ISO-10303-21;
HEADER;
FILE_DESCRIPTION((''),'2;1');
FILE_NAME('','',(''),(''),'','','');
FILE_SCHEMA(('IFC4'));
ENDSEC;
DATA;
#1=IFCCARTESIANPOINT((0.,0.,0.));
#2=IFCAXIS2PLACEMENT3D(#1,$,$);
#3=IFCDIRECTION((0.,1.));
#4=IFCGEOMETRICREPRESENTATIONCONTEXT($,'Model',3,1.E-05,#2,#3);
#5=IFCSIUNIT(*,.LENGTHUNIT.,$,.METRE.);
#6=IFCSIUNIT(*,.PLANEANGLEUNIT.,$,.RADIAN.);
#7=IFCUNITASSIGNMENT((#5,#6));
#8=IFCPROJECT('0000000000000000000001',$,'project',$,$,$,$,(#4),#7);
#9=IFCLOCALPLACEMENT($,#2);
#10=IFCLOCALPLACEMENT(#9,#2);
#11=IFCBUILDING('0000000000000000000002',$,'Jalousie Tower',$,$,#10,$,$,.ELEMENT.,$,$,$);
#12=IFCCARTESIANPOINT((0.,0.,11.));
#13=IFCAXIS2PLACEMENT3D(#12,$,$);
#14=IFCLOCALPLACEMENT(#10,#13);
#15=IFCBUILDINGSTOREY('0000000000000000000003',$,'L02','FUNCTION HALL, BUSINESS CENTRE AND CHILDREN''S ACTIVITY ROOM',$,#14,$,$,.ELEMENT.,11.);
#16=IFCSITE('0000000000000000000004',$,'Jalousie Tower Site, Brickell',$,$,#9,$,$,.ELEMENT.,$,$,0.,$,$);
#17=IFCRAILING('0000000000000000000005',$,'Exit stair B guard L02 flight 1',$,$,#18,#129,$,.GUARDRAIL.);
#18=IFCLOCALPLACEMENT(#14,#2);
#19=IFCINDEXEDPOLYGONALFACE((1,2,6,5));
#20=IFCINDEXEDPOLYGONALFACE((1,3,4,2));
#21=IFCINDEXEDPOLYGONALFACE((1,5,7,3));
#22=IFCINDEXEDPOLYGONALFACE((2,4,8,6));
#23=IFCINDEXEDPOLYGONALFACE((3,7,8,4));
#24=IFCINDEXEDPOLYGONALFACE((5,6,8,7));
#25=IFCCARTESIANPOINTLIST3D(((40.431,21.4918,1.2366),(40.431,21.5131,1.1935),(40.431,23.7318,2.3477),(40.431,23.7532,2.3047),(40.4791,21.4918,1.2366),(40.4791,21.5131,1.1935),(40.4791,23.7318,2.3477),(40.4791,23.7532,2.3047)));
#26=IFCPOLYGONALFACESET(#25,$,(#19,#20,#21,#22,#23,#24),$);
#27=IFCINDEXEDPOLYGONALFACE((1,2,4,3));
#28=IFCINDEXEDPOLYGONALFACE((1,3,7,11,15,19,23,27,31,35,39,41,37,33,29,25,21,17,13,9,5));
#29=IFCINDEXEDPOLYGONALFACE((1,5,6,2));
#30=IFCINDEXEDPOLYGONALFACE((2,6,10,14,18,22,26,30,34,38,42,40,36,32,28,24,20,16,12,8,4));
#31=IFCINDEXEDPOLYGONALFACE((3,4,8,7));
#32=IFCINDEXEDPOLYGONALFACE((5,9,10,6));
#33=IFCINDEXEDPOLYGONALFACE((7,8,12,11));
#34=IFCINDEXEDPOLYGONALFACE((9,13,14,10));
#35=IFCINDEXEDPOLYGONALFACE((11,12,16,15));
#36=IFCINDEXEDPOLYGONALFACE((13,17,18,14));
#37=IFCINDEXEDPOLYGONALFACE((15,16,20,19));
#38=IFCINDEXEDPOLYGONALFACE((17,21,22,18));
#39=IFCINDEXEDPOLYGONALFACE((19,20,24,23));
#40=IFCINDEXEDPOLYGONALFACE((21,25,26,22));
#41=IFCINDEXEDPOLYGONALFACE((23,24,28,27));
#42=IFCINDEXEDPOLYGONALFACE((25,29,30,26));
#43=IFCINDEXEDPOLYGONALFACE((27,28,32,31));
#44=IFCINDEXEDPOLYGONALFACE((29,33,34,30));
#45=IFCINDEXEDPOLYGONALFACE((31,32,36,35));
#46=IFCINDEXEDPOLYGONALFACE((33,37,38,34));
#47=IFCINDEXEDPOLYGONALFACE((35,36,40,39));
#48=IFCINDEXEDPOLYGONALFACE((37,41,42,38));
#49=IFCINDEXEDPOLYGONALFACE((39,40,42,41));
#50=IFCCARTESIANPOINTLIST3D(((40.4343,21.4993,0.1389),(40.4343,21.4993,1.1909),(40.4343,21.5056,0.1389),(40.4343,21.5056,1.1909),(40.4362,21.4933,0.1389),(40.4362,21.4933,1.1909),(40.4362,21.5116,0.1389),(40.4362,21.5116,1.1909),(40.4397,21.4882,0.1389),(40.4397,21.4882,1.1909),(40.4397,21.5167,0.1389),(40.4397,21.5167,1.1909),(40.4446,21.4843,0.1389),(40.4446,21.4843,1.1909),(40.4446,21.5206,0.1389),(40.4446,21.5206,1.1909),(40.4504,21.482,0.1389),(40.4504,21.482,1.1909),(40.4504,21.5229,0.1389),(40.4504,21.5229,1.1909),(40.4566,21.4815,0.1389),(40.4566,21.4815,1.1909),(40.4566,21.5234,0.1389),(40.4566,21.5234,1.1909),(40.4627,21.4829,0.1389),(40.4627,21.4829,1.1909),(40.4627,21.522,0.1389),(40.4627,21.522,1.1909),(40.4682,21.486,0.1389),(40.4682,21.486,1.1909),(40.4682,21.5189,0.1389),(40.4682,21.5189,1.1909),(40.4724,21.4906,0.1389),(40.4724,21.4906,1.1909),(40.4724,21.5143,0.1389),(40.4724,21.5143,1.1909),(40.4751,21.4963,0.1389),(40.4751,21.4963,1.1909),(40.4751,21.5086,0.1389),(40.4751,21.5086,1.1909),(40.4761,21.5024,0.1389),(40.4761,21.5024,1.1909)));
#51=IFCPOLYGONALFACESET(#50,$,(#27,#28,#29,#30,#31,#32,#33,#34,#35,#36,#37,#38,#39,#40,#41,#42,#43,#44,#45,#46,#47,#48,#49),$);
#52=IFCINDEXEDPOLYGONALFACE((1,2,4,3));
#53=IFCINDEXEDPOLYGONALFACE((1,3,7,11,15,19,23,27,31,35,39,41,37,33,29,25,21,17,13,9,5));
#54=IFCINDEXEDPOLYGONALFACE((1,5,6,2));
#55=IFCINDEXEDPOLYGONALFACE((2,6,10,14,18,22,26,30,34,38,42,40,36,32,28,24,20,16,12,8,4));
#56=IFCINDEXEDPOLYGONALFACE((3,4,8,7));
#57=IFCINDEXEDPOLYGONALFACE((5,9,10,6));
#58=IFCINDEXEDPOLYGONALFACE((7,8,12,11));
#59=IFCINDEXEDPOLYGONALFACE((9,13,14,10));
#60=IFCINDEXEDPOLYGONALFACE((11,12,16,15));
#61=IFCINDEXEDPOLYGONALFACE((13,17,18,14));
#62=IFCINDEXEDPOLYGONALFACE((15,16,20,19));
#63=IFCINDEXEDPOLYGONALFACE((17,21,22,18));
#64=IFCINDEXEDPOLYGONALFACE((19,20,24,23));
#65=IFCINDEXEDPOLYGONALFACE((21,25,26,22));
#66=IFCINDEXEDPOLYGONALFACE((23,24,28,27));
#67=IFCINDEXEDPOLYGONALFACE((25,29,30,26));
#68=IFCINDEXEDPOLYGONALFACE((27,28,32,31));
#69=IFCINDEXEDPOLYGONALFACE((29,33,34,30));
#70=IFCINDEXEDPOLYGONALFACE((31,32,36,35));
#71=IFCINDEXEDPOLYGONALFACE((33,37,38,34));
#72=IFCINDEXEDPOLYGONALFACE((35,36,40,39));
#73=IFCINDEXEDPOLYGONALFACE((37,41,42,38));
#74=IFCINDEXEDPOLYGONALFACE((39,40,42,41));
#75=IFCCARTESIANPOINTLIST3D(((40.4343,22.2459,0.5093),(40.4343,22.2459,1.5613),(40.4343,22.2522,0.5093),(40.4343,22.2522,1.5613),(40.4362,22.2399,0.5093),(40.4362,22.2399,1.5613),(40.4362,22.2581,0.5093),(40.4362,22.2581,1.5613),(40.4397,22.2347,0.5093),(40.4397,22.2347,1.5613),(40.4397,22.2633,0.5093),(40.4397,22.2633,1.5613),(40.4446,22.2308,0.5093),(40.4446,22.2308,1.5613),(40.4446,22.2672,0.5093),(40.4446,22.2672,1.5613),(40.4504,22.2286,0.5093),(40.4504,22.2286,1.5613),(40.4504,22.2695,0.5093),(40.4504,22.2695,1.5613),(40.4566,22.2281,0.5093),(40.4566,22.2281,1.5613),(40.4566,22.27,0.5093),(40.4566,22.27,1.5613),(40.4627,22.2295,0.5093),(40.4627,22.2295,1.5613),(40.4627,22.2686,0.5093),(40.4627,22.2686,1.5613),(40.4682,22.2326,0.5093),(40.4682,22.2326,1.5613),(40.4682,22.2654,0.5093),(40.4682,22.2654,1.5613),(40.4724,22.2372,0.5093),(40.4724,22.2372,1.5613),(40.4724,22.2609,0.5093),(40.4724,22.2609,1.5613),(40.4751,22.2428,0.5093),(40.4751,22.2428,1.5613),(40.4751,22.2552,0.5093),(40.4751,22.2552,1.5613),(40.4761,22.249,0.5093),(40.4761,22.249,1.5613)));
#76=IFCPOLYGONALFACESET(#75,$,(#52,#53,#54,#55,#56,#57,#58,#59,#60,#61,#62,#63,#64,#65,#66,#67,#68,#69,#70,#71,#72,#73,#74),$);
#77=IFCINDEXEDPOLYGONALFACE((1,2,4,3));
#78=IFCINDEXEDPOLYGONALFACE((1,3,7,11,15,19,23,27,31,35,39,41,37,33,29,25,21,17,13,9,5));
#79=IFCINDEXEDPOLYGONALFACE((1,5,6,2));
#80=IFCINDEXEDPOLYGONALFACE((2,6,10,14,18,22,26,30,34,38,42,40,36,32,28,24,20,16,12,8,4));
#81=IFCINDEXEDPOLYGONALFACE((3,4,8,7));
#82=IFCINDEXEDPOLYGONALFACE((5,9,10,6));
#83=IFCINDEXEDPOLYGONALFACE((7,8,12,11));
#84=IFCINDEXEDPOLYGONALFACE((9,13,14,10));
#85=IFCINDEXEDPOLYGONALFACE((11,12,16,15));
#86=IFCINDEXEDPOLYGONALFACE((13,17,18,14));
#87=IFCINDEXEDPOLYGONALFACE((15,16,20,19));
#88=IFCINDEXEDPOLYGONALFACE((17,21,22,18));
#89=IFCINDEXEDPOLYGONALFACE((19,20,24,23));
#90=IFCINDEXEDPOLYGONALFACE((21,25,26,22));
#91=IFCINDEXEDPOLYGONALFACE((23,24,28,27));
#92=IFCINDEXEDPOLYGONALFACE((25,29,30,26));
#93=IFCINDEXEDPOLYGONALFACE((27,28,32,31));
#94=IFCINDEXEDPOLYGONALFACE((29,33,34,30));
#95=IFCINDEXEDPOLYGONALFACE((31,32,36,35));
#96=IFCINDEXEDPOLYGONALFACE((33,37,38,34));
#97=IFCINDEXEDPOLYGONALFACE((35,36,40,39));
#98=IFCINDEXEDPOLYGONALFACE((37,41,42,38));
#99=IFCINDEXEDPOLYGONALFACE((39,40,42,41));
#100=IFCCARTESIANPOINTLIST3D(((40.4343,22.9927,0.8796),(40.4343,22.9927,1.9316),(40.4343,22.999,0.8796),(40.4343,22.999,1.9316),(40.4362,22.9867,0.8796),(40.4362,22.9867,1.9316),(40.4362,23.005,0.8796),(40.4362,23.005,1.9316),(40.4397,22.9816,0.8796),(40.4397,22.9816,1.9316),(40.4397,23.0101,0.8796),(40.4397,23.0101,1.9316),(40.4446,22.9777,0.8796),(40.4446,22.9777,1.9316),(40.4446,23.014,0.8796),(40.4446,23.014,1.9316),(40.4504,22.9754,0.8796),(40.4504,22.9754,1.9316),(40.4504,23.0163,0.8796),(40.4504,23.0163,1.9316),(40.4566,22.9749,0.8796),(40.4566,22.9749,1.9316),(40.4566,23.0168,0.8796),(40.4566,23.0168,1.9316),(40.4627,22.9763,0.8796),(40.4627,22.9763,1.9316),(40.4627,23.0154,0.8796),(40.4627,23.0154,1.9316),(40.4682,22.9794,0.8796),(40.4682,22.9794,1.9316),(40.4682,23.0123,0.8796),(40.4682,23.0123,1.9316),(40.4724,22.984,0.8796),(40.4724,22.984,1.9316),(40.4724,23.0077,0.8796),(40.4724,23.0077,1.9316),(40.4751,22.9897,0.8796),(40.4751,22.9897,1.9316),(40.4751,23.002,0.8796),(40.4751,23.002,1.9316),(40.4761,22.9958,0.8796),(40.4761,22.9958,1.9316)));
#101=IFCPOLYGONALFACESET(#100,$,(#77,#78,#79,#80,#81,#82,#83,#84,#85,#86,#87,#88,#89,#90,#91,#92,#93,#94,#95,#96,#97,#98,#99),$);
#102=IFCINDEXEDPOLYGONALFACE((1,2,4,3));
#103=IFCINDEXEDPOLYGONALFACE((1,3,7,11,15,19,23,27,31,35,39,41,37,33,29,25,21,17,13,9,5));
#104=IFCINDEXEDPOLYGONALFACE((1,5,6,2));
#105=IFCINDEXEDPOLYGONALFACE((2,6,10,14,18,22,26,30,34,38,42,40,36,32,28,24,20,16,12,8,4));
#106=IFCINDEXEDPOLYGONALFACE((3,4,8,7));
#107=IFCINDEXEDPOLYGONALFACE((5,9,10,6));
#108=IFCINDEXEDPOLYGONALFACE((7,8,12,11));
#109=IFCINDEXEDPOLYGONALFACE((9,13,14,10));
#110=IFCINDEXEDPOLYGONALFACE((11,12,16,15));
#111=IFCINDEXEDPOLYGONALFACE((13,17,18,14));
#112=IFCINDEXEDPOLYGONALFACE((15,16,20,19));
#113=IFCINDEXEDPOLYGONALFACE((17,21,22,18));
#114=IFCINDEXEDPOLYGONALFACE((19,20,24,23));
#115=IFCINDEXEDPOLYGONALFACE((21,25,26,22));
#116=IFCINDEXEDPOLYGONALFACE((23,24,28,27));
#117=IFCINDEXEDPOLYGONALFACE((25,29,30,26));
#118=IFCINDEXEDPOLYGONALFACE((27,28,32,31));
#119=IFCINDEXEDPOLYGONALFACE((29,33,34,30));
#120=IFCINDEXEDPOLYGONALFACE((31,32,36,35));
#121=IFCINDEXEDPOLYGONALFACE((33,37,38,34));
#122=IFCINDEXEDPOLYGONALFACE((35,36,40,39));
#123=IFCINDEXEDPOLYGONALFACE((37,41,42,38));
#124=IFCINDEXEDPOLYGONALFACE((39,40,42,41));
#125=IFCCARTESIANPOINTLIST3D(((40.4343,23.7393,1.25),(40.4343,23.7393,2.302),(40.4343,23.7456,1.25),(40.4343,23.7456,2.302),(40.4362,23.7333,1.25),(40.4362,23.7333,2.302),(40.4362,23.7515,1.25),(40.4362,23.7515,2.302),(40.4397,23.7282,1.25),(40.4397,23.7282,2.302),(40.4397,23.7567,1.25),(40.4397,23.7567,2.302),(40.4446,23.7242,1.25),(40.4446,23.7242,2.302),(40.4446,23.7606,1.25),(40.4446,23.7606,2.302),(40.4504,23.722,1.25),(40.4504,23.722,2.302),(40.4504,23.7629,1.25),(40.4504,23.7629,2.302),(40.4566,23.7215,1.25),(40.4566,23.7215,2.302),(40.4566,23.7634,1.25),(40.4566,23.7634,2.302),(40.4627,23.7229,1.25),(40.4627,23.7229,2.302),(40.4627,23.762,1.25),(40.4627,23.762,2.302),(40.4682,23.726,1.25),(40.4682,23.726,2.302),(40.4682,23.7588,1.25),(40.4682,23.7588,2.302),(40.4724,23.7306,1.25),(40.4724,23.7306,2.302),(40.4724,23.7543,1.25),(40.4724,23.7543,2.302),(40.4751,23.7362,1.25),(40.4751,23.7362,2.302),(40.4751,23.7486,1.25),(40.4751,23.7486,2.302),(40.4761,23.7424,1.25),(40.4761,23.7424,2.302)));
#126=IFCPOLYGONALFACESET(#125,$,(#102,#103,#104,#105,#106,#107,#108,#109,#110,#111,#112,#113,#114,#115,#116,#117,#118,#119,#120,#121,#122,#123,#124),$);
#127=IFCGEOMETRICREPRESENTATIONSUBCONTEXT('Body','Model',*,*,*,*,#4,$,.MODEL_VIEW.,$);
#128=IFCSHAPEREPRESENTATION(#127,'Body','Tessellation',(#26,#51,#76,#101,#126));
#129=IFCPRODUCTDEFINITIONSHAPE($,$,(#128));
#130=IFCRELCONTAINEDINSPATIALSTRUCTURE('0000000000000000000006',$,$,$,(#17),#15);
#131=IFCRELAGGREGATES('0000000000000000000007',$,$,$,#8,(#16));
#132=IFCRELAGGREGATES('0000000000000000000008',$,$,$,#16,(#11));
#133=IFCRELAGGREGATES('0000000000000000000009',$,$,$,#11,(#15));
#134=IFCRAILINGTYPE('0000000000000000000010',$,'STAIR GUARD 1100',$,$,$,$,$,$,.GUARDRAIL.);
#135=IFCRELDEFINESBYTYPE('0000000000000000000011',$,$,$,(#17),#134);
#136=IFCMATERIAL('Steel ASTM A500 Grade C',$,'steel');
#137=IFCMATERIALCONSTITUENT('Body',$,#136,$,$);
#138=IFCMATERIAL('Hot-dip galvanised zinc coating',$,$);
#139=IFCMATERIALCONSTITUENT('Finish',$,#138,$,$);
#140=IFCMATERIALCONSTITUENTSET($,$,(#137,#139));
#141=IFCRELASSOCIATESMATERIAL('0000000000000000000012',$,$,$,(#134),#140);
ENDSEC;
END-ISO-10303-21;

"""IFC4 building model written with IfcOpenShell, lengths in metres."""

from ifc_helpers import new_model, si_unit, direction, frame, origin, origin_2d, place, context, subcontext, project, spatial, rectangle, circle, extrude, material, constituent, constituent_set, type_object, element, save


model = new_model("IFC4")

# Units and contexts
model_context = context("Model", 3, precision=1e-05, world=origin(), true_north=direction((0.0, 1.0)))
body_context = subcontext(model_context, "Body", "Model", "MODEL_VIEW")
ifc_project = project(units=[si_unit("LENGTHUNIT", "METRE"), si_unit("PLANEANGLEUNIT", "RADIAN")], contexts=[model_context])

# Site, building, storey
site_placement = place(None, origin())
site = spatial("IfcSite", under=ifc_project, at=site_placement, Name="Jalousie Tower Site, Brickell", CompositionType="ELEMENT", RefElevation=0.0)
building_placement = place(site_placement, origin())
building = spatial("IfcBuilding", under=site, at=building_placement, Name="Jalousie Tower", CompositionType="ELEMENT")
storey_placement = place(building_placement, frame((0.0, 0.0, 11.0)))
storey = spatial("IfcBuildingStorey", under=building, at=storey_placement, Name="L02", Description="FUNCTION HALL, BUSINESS CENTRE AND CHILDREN'S ACTIVITY ROOM", CompositionType="ELEMENT", Elevation=11.0)

# Railing
ifc_material_1 = material(Name="Steel ASTM A500 Grade C", Category="steel")
ifc_constituent_1 = constituent(ifc_material_1, Name="Body")
ifc_material_2 = material(Name="Hot-dip galvanised zinc coating")
ifc_constituent_2 = constituent(ifc_material_2, Name="Finish")
ifc_constituent_set_1 = constituent_set(constituents=[ifc_constituent_1, ifc_constituent_2])
railing_type_1 = type_object("IfcRailingType", Name="STAIR GUARD 1100", PredefinedType="GUARDRAIL", material=ifc_constituent_set_1)
for number, where, name in (
    (1, (40.4551, 21.5024, 0.1389), "Exit stair B guard L02 flight 1"),
):
    element("IfcRailing", number, at=place(storey_placement, frame(where)), inside=storey, type_object=railing_type_1, Name=name, PredefinedType="GUARDRAIL", context=body_context, shape_type="SweptSolid", body=[
        extrude(rectangle(XDim=0.0481, YDim=0.0481, at=origin_2d()), frame((0.0, 0.0, 1.0762), z_axis=(0.0, 0.895848, 0.44436), x_axis=(-1.0, 0.0, 0.0)), (0.0, 0.0, 1.0), 2.5005),
        extrude(circle(Radius=0.021, at=origin_2d()), origin(), (0.0, 0.0, 1.0), 1.052),
        extrude(circle(Radius=0.021, at=origin_2d()), frame((0.0, 0.7466, 0.3704)), (0.0, 0.0, 1.0), 1.052),
        extrude(circle(Radius=0.021, at=origin_2d()), frame((0.0, 1.4934, 0.7407)), (0.0, 0.0, 1.0), 1.052),
        extrude(circle(Radius=0.021, at=origin_2d()), frame((0.0, 2.24, 1.1111)), (0.0, 0.0, 1.0), 1.052),
    ])

save(model, "model.ifc")
